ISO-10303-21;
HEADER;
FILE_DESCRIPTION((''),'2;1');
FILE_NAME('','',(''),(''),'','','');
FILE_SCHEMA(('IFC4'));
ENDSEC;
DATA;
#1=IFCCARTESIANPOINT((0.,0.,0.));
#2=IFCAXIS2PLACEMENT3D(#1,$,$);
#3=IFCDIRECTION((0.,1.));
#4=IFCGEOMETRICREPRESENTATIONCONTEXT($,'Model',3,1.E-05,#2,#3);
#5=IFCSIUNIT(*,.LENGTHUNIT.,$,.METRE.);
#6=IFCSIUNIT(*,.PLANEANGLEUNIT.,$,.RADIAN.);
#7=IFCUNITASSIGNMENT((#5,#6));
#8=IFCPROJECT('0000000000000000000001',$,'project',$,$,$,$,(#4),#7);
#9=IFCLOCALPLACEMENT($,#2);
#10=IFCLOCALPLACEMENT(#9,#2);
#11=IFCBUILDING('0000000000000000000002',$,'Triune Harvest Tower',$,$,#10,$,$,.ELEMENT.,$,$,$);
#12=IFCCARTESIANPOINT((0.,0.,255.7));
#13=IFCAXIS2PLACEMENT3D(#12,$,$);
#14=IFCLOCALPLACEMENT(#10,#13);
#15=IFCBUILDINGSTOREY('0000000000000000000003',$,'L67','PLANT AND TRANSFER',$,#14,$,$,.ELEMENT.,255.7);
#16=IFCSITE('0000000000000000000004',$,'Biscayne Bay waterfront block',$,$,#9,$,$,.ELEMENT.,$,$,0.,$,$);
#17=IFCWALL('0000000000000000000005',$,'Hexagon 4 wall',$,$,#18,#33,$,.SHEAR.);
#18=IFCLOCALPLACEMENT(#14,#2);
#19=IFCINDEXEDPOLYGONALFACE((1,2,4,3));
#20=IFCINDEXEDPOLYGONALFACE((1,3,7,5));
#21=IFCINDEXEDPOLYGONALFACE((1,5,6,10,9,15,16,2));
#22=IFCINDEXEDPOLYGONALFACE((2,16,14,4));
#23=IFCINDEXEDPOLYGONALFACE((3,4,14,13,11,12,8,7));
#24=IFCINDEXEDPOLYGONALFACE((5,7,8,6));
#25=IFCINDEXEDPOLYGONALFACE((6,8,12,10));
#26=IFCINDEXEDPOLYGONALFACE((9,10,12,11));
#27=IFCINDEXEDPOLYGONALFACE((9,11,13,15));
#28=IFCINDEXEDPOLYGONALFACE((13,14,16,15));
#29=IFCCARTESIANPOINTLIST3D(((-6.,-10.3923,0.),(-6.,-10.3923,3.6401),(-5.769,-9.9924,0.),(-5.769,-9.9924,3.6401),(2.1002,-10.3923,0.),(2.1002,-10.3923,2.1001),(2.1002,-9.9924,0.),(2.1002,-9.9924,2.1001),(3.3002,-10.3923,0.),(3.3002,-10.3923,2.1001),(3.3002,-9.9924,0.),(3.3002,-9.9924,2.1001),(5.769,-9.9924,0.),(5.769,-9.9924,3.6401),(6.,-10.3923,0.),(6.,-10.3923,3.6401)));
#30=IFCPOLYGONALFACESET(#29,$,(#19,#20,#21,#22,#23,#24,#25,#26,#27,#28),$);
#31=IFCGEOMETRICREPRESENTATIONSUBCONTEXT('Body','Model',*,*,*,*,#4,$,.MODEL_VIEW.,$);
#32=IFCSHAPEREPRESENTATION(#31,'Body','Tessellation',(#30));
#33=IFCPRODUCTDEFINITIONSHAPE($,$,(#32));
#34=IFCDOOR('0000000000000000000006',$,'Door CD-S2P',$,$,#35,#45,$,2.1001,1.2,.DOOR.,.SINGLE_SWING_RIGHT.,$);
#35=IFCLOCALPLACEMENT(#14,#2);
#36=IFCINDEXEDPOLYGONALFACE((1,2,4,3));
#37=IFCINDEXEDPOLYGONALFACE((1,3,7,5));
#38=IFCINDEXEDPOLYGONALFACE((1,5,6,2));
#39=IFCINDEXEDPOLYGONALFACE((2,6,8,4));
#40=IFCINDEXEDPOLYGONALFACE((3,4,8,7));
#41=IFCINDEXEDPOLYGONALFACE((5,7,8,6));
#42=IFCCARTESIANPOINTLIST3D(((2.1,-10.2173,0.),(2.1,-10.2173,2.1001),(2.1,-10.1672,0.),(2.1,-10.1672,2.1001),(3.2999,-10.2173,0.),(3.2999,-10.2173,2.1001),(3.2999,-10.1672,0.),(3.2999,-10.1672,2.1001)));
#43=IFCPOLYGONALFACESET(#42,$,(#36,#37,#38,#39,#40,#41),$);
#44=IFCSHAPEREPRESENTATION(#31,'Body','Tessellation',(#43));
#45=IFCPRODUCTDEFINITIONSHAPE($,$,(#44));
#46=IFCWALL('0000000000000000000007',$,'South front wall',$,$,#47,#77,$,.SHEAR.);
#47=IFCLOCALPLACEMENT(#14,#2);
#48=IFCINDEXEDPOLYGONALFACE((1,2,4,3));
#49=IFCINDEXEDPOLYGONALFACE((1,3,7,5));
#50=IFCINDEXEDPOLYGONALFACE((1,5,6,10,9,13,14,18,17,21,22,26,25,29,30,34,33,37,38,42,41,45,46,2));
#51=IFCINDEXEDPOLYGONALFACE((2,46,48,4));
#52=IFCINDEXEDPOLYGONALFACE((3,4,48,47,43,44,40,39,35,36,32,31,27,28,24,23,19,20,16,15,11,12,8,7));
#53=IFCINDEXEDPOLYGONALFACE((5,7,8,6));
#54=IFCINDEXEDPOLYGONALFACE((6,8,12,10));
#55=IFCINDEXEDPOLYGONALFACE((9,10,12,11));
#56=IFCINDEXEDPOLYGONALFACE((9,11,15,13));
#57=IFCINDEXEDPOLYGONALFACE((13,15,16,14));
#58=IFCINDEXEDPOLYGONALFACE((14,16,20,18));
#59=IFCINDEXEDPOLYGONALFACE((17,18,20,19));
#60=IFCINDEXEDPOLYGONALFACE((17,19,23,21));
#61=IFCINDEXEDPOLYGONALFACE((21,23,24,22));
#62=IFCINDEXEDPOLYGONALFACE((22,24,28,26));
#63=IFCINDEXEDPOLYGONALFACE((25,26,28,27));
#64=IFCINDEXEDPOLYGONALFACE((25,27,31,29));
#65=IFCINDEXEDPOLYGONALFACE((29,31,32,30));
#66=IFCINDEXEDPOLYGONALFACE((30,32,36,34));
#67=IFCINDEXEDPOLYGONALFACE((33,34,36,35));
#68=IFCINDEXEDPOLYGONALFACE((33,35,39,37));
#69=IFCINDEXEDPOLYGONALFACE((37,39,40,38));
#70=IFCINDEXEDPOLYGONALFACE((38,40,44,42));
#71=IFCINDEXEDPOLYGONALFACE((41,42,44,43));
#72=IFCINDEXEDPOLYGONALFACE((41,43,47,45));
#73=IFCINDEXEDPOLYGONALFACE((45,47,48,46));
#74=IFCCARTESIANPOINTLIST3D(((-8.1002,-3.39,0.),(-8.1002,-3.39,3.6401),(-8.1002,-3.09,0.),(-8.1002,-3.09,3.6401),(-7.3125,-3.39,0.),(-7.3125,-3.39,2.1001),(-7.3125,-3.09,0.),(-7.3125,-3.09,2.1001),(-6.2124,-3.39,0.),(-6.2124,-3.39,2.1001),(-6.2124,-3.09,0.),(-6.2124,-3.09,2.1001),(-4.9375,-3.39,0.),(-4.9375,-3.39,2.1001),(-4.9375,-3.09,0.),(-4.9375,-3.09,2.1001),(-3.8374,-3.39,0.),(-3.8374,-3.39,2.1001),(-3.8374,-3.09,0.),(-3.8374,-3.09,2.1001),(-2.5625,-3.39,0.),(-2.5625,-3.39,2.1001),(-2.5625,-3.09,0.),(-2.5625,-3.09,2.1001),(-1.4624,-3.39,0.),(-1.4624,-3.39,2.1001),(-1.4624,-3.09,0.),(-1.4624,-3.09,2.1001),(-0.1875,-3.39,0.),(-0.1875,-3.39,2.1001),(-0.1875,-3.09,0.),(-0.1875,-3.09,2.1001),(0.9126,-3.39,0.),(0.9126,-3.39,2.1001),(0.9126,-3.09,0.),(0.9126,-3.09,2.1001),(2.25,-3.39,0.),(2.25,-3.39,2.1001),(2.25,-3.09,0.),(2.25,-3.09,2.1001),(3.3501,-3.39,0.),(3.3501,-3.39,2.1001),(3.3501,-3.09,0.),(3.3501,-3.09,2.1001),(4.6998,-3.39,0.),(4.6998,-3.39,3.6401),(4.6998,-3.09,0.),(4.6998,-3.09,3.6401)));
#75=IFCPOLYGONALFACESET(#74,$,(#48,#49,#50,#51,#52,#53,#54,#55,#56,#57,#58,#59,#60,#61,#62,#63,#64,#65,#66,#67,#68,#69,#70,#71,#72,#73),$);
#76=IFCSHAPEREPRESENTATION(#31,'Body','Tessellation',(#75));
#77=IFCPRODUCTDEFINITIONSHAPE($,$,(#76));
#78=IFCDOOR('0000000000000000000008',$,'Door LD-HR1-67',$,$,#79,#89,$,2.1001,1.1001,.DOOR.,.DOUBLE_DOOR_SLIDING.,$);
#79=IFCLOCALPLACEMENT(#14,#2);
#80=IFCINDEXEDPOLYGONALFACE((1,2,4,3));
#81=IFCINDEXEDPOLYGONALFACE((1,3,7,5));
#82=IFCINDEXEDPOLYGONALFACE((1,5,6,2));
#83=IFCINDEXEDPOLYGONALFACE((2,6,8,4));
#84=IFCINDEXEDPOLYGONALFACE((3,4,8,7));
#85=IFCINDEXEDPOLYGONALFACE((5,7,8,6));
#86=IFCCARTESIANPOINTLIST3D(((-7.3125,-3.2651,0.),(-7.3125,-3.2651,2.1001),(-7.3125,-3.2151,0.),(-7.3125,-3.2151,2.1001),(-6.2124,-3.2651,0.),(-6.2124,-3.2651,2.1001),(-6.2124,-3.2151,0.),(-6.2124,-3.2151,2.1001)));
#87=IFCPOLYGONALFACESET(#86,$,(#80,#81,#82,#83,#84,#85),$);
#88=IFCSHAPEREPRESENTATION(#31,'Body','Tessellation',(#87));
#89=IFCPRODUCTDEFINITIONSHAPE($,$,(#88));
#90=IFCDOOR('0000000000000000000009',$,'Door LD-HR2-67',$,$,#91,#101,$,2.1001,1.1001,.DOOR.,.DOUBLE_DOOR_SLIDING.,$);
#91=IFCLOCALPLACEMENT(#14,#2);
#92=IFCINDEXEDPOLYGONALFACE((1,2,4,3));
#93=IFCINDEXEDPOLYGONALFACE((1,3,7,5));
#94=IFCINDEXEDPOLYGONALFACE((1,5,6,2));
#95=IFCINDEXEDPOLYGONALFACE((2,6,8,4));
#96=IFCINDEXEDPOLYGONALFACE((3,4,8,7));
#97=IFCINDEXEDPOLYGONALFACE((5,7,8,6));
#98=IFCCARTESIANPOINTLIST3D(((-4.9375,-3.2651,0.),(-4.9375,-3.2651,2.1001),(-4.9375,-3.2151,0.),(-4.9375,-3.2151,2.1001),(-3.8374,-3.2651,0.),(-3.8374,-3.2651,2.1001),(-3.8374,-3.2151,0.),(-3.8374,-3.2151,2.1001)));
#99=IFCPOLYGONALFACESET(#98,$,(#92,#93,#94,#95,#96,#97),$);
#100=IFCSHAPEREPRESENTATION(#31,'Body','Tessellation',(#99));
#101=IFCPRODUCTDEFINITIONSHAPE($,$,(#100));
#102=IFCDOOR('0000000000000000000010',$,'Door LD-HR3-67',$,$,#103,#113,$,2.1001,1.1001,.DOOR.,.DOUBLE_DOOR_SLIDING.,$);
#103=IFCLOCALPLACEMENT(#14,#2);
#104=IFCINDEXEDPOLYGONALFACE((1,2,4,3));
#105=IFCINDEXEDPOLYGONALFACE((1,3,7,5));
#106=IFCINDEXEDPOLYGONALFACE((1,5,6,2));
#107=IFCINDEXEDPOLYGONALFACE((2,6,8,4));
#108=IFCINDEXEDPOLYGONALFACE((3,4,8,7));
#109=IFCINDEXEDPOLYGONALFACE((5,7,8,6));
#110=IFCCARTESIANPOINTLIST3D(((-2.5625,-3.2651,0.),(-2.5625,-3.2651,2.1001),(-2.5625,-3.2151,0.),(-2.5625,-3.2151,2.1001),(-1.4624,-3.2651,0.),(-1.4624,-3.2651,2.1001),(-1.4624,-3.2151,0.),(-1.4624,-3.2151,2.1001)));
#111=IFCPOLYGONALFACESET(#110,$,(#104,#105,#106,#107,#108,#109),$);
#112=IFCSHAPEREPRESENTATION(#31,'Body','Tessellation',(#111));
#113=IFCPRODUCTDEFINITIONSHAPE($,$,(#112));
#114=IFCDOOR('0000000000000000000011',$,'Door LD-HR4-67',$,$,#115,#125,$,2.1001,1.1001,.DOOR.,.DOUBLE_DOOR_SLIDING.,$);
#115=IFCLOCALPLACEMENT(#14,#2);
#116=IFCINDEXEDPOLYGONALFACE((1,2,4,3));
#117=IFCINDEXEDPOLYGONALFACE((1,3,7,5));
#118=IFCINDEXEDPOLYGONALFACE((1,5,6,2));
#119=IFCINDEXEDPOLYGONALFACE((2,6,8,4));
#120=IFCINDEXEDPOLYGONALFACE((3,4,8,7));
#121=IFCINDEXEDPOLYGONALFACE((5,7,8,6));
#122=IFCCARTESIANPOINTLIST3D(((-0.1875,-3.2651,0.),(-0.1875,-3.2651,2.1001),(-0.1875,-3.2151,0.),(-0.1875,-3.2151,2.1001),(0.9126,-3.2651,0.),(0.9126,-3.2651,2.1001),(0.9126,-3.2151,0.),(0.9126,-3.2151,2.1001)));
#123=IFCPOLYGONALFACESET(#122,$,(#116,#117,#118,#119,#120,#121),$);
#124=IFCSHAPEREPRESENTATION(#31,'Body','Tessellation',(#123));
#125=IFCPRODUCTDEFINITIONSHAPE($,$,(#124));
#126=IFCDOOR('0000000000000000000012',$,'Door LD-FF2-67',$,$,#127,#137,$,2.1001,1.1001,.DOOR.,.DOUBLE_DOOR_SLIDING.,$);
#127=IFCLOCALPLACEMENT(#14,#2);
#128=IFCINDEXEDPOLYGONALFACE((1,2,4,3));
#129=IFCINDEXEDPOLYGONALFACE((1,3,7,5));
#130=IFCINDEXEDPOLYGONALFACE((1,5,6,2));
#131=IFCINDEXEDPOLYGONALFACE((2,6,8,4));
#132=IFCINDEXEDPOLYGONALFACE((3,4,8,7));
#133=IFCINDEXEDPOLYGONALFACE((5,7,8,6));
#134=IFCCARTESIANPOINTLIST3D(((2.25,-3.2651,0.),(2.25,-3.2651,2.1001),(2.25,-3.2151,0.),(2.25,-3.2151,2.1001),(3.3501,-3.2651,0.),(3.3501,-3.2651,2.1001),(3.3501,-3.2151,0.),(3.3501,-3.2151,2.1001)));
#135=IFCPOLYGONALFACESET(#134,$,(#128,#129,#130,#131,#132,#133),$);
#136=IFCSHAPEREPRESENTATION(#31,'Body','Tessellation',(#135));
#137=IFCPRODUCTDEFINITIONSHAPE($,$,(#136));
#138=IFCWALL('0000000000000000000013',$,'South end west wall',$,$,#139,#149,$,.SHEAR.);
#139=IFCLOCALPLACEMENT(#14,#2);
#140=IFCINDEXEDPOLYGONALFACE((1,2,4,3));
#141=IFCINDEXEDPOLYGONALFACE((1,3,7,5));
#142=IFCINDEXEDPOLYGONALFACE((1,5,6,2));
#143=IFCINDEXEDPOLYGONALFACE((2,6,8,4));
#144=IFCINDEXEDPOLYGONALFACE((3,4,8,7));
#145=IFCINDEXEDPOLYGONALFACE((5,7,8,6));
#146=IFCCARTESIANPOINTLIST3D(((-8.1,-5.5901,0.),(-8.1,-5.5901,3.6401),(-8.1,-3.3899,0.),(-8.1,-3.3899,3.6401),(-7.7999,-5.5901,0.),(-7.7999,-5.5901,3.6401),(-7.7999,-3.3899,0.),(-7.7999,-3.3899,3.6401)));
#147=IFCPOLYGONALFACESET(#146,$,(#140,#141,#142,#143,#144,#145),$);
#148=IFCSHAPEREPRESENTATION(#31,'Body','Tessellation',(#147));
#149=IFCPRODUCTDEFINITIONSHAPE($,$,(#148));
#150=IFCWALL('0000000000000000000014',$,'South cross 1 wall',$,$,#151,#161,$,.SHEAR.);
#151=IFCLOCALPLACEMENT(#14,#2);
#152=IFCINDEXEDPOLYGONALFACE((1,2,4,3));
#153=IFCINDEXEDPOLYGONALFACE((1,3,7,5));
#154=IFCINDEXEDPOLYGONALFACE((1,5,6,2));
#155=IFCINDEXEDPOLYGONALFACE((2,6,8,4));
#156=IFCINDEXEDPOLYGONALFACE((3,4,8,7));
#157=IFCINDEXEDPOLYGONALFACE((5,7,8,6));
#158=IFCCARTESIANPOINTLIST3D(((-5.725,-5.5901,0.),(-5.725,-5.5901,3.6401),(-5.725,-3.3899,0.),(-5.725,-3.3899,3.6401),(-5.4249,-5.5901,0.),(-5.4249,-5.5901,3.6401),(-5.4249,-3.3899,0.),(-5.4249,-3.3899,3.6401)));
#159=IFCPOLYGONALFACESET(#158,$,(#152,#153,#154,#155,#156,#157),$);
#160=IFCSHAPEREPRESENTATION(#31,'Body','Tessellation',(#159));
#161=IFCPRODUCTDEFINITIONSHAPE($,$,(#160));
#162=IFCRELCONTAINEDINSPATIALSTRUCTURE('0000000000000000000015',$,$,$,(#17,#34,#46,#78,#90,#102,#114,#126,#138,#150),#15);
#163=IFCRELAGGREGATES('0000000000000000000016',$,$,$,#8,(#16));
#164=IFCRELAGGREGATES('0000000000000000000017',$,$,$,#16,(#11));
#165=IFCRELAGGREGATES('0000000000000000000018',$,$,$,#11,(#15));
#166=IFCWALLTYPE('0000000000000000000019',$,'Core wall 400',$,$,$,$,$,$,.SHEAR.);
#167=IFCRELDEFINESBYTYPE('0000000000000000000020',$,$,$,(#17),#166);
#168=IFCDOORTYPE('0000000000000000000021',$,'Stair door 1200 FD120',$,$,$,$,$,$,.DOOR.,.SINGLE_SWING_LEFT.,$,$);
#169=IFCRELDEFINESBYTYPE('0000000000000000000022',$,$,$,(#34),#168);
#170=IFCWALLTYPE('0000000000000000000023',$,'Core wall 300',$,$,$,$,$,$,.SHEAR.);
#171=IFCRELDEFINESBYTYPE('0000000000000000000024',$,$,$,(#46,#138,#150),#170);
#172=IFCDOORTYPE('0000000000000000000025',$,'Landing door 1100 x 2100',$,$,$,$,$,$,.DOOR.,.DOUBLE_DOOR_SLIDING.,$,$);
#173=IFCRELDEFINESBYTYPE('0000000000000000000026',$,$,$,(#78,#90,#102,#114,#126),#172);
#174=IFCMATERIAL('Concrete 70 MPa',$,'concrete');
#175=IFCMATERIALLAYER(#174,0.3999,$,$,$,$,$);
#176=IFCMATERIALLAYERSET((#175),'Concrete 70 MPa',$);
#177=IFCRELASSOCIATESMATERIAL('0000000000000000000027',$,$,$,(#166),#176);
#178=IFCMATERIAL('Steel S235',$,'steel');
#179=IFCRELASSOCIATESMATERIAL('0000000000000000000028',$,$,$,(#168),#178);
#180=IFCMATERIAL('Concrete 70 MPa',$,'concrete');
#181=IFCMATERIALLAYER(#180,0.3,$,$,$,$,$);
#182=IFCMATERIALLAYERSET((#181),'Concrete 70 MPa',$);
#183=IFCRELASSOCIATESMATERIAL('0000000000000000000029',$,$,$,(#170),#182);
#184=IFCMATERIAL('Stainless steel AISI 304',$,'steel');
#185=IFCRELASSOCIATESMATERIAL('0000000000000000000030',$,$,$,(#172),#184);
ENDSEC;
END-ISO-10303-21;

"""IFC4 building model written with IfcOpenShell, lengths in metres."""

from ifc_helpers import new_model, si_unit, direction, frame, frame_2d, origin, place, context, subcontext, project, spatial, polyline, rectangle, outline, extrude, source, transform, mapped, material, layer, layer_set, type_object, element, fill, save


model = new_model("IFC4")

# Units and contexts
model_context = context("Model", 3, precision=1e-05, world=origin(), true_north=direction((0.0, 1.0)))
body_context = subcontext(model_context, "Body", "Model", "MODEL_VIEW")
ifc_project = project(units=[si_unit("LENGTHUNIT", "METRE"), si_unit("PLANEANGLEUNIT", "RADIAN")], contexts=[model_context])

# Site, building, storey
site_placement = place(None, origin())
site = spatial("IfcSite", under=ifc_project, at=site_placement, Name="Biscayne Bay waterfront block", CompositionType="ELEMENT", RefElevation=0.0)
building_placement = place(site_placement, origin())
building = spatial("IfcBuilding", under=site, at=building_placement, Name="Triune Harvest Tower", CompositionType="ELEMENT")
storey_placement = place(building_placement, frame((0.0, 0.0, 255.7)))
storey = spatial("IfcBuildingStorey", under=building, at=storey_placement, Name="L67", Description="PLANT AND TRANSFER", CompositionType="ELEMENT", Elevation=255.7)

# Wall, opening, door
ifc_material_1 = material(Name="Concrete 70 MPa", Category="concrete")
ifc_layer_1 = layer(ifc_material_1, 0.3999)
ifc_layer_set_1 = layer_set([ifc_layer_1], Name="Concrete 70 MPa")
wall_type_1 = type_object("IfcWallType", Name="Core wall 400", PredefinedType="SHEAR", material=ifc_layer_set_1)
shared_shape_1 = source(origin(), body_context, "Body", "SweptSolid", [
    extrude(outline(polyline([(-0.1155, -0.2), (11.8845, -0.2), (11.6536, 0.2), (0.1155, 0.2), (-0.1155, -0.2)])), origin(), (0.0, 0.0, 1.0), 3.6401),
])
wall_1_placement = place(storey_placement, frame((-5.8845, -10.1924, 0.0), z_axis=(0.0, 0.0, 1.0), x_axis=(1.0, 0.0, 0.0)))
wall_1 = element("IfcWall", 1, at=wall_1_placement, inside=storey, type_object=wall_type_1, Name="Hexagon 4 wall", PredefinedType="SHEAR", context=body_context, shape_type="MappedRepresentation", body=[
    mapped(shared_shape_1, transform((0.0, 0.0, 0.0), scale=1.0)),
])
opening_1_placement = place(wall_1_placement, frame((7.9846, 0.0, 0.0)))
opening_1 = element("IfcOpeningElement", 2, at=opening_1_placement, cuts=wall_1, PredefinedType="OPENING", context=body_context, shape_type="SweptSolid", body=[
    extrude(rectangle(XDim=1.2, YDim=2.1001, at=frame_2d((0.6001, 1.05))), frame((0.0, 0.21, 0.0), z_axis=(0.0, -1.0, 0.0), x_axis=(1.0, 0.0, 0.0)), (0.0, 0.0, 1.0), 0.4199),
])
ifc_material_2 = material(Name="Steel S235", Category="steel")
door_type_1 = type_object("IfcDoorType", Name="Stair door 1200 FD120", OperationType="SINGLE_SWING_LEFT", PredefinedType="DOOR", material=ifc_material_2)
door_1_placement = place(opening_1_placement, frame((1.2, 0.0, 0.0), z_axis=(0.0, 0.0, 1.0), x_axis=(-1.0, 0.0, 0.0)))
door_1 = element("IfcDoor", 3, at=door_1_placement, inside=storey, type_object=door_type_1, Name="Door CD-S2P", OperationType="SINGLE_SWING_RIGHT", OverallHeight=2.1001, OverallWidth=1.2, PredefinedType="DOOR", context=body_context, shape_type="SweptSolid", body=[
    extrude(rectangle(XDim=1.2, YDim=2.1001, at=frame_2d((0.6001, 1.05))), frame((0.0, 0.0249, 0.0), z_axis=(0.0, -1.0, 0.0), x_axis=(1.0, 0.0, 0.0)), (0.0, 0.0, 1.0), 0.05),
])
fill(opening_1, door_1)

# Wall, openings, doors
ifc_material_3 = material(Name="Concrete 70 MPa", Category="concrete")
ifc_layer_2 = layer(ifc_material_3, 0.3)
ifc_layer_set_2 = layer_set([ifc_layer_2], Name="Concrete 70 MPa")
wall_type_2 = type_object("IfcWallType", Name="Core wall 300", PredefinedType="SHEAR", material=ifc_layer_set_2)
shared_shape_2 = source(origin(), body_context, "Body", "SweptSolid", [
    extrude(rectangle(XDim=12.8, YDim=0.3, at=frame_2d((6.3999, 0.0))), origin(), (0.0, 0.0, 1.0), 3.6401),
])
wall_2_placement = place(storey_placement, frame((-8.1001, -3.24, 0.0), z_axis=(0.0, 0.0, 1.0), x_axis=(1.0, 0.0, 0.0)))
wall_2 = element("IfcWall", 4, at=wall_2_placement, inside=storey, type_object=wall_type_2, Name="South front wall", PredefinedType="SHEAR", context=body_context, shape_type="MappedRepresentation", body=[
    mapped(shared_shape_2, transform((0.0, 0.0, 0.0), scale=1.0)),
])
opening_2_placement = place(wall_2_placement, frame((0.7876, 0.0, 0.0)))
opening_2 = element("IfcOpeningElement", 5, at=opening_2_placement, cuts=wall_2, PredefinedType="OPENING", context=body_context, shape_type="SweptSolid", body=[
    extrude(rectangle(XDim=1.1001, YDim=2.1001, at=frame_2d((0.55, 1.05))), frame((0.0, 0.1602, 0.0), z_axis=(0.0, -1.0, 0.0), x_axis=(1.0, 0.0, 0.0)), (0.0, 0.0, 1.0), 0.3201),
])
opening_3_placement = place(wall_2_placement, frame((3.1626, 0.0, 0.0)))
opening_3 = element("IfcOpeningElement", 6, at=opening_3_placement, cuts=wall_2, PredefinedType="OPENING", context=body_context, shape_type="SweptSolid", body=[
    extrude(rectangle(XDim=1.1001, YDim=2.1001, at=frame_2d((0.55, 1.05))), frame((0.0, 0.1602, 0.0), z_axis=(0.0, -1.0, 0.0), x_axis=(1.0, 0.0, 0.0)), (0.0, 0.0, 1.0), 0.3201),
])
opening_4_placement = place(wall_2_placement, frame((5.5376, 0.0, 0.0)))
opening_4 = element("IfcOpeningElement", 7, at=opening_4_placement, cuts=wall_2, PredefinedType="OPENING", context=body_context, shape_type="SweptSolid", body=[
    extrude(rectangle(XDim=1.1001, YDim=2.1001, at=frame_2d((0.55, 1.05))), frame((0.0, 0.1602, 0.0), z_axis=(0.0, -1.0, 0.0), x_axis=(1.0, 0.0, 0.0)), (0.0, 0.0, 1.0), 0.3201),
])
opening_5_placement = place(wall_2_placement, frame((7.9126, 0.0, 0.0)))
opening_5 = element("IfcOpeningElement", 8, at=opening_5_placement, cuts=wall_2, PredefinedType="OPENING", context=body_context, shape_type="SweptSolid", body=[
    extrude(rectangle(XDim=1.1001, YDim=2.1001, at=frame_2d((0.55, 1.05))), frame((0.0, 0.1602, 0.0), z_axis=(0.0, -1.0, 0.0), x_axis=(1.0, 0.0, 0.0)), (0.0, 0.0, 1.0), 0.3201),
])
opening_6_placement = place(wall_2_placement, frame((10.3501, 0.0, 0.0)))
opening_6 = element("IfcOpeningElement", 9, at=opening_6_placement, cuts=wall_2, PredefinedType="OPENING", context=body_context, shape_type="SweptSolid", body=[
    extrude(rectangle(XDim=1.1001, YDim=2.1001, at=frame_2d((0.55, 1.05))), frame((0.0, 0.1602, 0.0), z_axis=(0.0, -1.0, 0.0), x_axis=(1.0, 0.0, 0.0)), (0.0, 0.0, 1.0), 0.3201),
])
ifc_material_4 = material(Name="Stainless steel AISI 304", Category="steel")
door_type_2 = type_object("IfcDoorType", Name="Landing door 1100 x 2100", OperationType="DOUBLE_DOOR_SLIDING", PredefinedType="DOOR", material=ifc_material_4)
door_2_placement = place(opening_2_placement, origin())
door_2 = element("IfcDoor", 10, at=door_2_placement, inside=storey, type_object=door_type_2, Name="Door LD-HR1-67", OperationType="DOUBLE_DOOR_SLIDING", OverallHeight=2.1001, OverallWidth=1.1001, PredefinedType="DOOR", context=body_context, shape_type="SweptSolid", body=[
    extrude(rectangle(XDim=1.1001, YDim=2.1001, at=frame_2d((0.55, 1.05))), frame((0.0, 0.0249, 0.0), z_axis=(0.0, -1.0, 0.0), x_axis=(1.0, 0.0, 0.0)), (0.0, 0.0, 1.0), 0.05),
])
fill(opening_2, door_2)
door_3_placement = place(opening_3_placement, origin())
door_3 = element("IfcDoor", 11, at=door_3_placement, inside=storey, type_object=door_type_2, Name="Door LD-HR2-67", OperationType="DOUBLE_DOOR_SLIDING", OverallHeight=2.1001, OverallWidth=1.1001, PredefinedType="DOOR", context=body_context, shape_type="SweptSolid", body=[
    extrude(rectangle(XDim=1.1001, YDim=2.1001, at=frame_2d((0.55, 1.05))), frame((0.0, 0.0249, 0.0), z_axis=(0.0, -1.0, 0.0), x_axis=(1.0, 0.0, 0.0)), (0.0, 0.0, 1.0), 0.05),
])
fill(opening_3, door_3)
door_4_placement = place(opening_4_placement, origin())
door_4 = element("IfcDoor", 12, at=door_4_placement, inside=storey, type_object=door_type_2, Name="Door LD-HR3-67", OperationType="DOUBLE_DOOR_SLIDING", OverallHeight=2.1001, OverallWidth=1.1001, PredefinedType="DOOR", context=body_context, shape_type="SweptSolid", body=[
    extrude(rectangle(XDim=1.1001, YDim=2.1001, at=frame_2d((0.55, 1.05))), frame((0.0, 0.0249, 0.0), z_axis=(0.0, -1.0, 0.0), x_axis=(1.0, 0.0, 0.0)), (0.0, 0.0, 1.0), 0.05),
])
fill(opening_4, door_4)
door_5_placement = place(opening_5_placement, origin())
door_5 = element("IfcDoor", 13, at=door_5_placement, inside=storey, type_object=door_type_2, Name="Door LD-HR4-67", OperationType="DOUBLE_DOOR_SLIDING", OverallHeight=2.1001, OverallWidth=1.1001, PredefinedType="DOOR", context=body_context, shape_type="SweptSolid", body=[
    extrude(rectangle(XDim=1.1001, YDim=2.1001, at=frame_2d((0.55, 1.05))), frame((0.0, 0.0249, 0.0), z_axis=(0.0, -1.0, 0.0), x_axis=(1.0, 0.0, 0.0)), (0.0, 0.0, 1.0), 0.05),
])
fill(opening_5, door_5)
door_6_placement = place(opening_6_placement, origin())
door_6 = element("IfcDoor", 14, at=door_6_placement, inside=storey, type_object=door_type_2, Name="Door LD-FF2-67", OperationType="DOUBLE_DOOR_SLIDING", OverallHeight=2.1001, OverallWidth=1.1001, PredefinedType="DOOR", context=body_context, shape_type="SweptSolid", body=[
    extrude(rectangle(XDim=1.1001, YDim=2.1001, at=frame_2d((0.55, 1.05))), frame((0.0, 0.0249, 0.0), z_axis=(0.0, -1.0, 0.0), x_axis=(1.0, 0.0, 0.0)), (0.0, 0.0, 1.0), 0.05),
])
fill(opening_6, door_6)

# Walls
shared_shape_3 = source(origin(), body_context, "Body", "SweptSolid", [
    extrude(rectangle(XDim=2.2002, YDim=0.3, at=frame_2d((1.1001, 0.0))), origin(), (0.0, 0.0, 1.0), 3.6401),
])
for number, where, z_axis, x_axis, name in (
    (15, (-7.95, -5.5901, 0.0), (0.0, 0.0, 1.0), (0.0, 1.0, 0.0), "South end west wall"),
    (16, (-5.575, -5.5901, 0.0), (0.0, 0.0, 1.0), (0.0, 1.0, 0.0), "South cross 1 wall"),
):
    element("IfcWall", number, at=place(storey_placement, frame(where, z_axis=z_axis, x_axis=x_axis)), inside=storey, type_object=wall_type_2, Name=name, PredefinedType="SHEAR", context=body_context, shape_type="MappedRepresentation", body=[
        mapped(shared_shape_3, transform((0.0, 0.0, 0.0), scale=1.0)),
    ])

save(model, "model.ifc")
